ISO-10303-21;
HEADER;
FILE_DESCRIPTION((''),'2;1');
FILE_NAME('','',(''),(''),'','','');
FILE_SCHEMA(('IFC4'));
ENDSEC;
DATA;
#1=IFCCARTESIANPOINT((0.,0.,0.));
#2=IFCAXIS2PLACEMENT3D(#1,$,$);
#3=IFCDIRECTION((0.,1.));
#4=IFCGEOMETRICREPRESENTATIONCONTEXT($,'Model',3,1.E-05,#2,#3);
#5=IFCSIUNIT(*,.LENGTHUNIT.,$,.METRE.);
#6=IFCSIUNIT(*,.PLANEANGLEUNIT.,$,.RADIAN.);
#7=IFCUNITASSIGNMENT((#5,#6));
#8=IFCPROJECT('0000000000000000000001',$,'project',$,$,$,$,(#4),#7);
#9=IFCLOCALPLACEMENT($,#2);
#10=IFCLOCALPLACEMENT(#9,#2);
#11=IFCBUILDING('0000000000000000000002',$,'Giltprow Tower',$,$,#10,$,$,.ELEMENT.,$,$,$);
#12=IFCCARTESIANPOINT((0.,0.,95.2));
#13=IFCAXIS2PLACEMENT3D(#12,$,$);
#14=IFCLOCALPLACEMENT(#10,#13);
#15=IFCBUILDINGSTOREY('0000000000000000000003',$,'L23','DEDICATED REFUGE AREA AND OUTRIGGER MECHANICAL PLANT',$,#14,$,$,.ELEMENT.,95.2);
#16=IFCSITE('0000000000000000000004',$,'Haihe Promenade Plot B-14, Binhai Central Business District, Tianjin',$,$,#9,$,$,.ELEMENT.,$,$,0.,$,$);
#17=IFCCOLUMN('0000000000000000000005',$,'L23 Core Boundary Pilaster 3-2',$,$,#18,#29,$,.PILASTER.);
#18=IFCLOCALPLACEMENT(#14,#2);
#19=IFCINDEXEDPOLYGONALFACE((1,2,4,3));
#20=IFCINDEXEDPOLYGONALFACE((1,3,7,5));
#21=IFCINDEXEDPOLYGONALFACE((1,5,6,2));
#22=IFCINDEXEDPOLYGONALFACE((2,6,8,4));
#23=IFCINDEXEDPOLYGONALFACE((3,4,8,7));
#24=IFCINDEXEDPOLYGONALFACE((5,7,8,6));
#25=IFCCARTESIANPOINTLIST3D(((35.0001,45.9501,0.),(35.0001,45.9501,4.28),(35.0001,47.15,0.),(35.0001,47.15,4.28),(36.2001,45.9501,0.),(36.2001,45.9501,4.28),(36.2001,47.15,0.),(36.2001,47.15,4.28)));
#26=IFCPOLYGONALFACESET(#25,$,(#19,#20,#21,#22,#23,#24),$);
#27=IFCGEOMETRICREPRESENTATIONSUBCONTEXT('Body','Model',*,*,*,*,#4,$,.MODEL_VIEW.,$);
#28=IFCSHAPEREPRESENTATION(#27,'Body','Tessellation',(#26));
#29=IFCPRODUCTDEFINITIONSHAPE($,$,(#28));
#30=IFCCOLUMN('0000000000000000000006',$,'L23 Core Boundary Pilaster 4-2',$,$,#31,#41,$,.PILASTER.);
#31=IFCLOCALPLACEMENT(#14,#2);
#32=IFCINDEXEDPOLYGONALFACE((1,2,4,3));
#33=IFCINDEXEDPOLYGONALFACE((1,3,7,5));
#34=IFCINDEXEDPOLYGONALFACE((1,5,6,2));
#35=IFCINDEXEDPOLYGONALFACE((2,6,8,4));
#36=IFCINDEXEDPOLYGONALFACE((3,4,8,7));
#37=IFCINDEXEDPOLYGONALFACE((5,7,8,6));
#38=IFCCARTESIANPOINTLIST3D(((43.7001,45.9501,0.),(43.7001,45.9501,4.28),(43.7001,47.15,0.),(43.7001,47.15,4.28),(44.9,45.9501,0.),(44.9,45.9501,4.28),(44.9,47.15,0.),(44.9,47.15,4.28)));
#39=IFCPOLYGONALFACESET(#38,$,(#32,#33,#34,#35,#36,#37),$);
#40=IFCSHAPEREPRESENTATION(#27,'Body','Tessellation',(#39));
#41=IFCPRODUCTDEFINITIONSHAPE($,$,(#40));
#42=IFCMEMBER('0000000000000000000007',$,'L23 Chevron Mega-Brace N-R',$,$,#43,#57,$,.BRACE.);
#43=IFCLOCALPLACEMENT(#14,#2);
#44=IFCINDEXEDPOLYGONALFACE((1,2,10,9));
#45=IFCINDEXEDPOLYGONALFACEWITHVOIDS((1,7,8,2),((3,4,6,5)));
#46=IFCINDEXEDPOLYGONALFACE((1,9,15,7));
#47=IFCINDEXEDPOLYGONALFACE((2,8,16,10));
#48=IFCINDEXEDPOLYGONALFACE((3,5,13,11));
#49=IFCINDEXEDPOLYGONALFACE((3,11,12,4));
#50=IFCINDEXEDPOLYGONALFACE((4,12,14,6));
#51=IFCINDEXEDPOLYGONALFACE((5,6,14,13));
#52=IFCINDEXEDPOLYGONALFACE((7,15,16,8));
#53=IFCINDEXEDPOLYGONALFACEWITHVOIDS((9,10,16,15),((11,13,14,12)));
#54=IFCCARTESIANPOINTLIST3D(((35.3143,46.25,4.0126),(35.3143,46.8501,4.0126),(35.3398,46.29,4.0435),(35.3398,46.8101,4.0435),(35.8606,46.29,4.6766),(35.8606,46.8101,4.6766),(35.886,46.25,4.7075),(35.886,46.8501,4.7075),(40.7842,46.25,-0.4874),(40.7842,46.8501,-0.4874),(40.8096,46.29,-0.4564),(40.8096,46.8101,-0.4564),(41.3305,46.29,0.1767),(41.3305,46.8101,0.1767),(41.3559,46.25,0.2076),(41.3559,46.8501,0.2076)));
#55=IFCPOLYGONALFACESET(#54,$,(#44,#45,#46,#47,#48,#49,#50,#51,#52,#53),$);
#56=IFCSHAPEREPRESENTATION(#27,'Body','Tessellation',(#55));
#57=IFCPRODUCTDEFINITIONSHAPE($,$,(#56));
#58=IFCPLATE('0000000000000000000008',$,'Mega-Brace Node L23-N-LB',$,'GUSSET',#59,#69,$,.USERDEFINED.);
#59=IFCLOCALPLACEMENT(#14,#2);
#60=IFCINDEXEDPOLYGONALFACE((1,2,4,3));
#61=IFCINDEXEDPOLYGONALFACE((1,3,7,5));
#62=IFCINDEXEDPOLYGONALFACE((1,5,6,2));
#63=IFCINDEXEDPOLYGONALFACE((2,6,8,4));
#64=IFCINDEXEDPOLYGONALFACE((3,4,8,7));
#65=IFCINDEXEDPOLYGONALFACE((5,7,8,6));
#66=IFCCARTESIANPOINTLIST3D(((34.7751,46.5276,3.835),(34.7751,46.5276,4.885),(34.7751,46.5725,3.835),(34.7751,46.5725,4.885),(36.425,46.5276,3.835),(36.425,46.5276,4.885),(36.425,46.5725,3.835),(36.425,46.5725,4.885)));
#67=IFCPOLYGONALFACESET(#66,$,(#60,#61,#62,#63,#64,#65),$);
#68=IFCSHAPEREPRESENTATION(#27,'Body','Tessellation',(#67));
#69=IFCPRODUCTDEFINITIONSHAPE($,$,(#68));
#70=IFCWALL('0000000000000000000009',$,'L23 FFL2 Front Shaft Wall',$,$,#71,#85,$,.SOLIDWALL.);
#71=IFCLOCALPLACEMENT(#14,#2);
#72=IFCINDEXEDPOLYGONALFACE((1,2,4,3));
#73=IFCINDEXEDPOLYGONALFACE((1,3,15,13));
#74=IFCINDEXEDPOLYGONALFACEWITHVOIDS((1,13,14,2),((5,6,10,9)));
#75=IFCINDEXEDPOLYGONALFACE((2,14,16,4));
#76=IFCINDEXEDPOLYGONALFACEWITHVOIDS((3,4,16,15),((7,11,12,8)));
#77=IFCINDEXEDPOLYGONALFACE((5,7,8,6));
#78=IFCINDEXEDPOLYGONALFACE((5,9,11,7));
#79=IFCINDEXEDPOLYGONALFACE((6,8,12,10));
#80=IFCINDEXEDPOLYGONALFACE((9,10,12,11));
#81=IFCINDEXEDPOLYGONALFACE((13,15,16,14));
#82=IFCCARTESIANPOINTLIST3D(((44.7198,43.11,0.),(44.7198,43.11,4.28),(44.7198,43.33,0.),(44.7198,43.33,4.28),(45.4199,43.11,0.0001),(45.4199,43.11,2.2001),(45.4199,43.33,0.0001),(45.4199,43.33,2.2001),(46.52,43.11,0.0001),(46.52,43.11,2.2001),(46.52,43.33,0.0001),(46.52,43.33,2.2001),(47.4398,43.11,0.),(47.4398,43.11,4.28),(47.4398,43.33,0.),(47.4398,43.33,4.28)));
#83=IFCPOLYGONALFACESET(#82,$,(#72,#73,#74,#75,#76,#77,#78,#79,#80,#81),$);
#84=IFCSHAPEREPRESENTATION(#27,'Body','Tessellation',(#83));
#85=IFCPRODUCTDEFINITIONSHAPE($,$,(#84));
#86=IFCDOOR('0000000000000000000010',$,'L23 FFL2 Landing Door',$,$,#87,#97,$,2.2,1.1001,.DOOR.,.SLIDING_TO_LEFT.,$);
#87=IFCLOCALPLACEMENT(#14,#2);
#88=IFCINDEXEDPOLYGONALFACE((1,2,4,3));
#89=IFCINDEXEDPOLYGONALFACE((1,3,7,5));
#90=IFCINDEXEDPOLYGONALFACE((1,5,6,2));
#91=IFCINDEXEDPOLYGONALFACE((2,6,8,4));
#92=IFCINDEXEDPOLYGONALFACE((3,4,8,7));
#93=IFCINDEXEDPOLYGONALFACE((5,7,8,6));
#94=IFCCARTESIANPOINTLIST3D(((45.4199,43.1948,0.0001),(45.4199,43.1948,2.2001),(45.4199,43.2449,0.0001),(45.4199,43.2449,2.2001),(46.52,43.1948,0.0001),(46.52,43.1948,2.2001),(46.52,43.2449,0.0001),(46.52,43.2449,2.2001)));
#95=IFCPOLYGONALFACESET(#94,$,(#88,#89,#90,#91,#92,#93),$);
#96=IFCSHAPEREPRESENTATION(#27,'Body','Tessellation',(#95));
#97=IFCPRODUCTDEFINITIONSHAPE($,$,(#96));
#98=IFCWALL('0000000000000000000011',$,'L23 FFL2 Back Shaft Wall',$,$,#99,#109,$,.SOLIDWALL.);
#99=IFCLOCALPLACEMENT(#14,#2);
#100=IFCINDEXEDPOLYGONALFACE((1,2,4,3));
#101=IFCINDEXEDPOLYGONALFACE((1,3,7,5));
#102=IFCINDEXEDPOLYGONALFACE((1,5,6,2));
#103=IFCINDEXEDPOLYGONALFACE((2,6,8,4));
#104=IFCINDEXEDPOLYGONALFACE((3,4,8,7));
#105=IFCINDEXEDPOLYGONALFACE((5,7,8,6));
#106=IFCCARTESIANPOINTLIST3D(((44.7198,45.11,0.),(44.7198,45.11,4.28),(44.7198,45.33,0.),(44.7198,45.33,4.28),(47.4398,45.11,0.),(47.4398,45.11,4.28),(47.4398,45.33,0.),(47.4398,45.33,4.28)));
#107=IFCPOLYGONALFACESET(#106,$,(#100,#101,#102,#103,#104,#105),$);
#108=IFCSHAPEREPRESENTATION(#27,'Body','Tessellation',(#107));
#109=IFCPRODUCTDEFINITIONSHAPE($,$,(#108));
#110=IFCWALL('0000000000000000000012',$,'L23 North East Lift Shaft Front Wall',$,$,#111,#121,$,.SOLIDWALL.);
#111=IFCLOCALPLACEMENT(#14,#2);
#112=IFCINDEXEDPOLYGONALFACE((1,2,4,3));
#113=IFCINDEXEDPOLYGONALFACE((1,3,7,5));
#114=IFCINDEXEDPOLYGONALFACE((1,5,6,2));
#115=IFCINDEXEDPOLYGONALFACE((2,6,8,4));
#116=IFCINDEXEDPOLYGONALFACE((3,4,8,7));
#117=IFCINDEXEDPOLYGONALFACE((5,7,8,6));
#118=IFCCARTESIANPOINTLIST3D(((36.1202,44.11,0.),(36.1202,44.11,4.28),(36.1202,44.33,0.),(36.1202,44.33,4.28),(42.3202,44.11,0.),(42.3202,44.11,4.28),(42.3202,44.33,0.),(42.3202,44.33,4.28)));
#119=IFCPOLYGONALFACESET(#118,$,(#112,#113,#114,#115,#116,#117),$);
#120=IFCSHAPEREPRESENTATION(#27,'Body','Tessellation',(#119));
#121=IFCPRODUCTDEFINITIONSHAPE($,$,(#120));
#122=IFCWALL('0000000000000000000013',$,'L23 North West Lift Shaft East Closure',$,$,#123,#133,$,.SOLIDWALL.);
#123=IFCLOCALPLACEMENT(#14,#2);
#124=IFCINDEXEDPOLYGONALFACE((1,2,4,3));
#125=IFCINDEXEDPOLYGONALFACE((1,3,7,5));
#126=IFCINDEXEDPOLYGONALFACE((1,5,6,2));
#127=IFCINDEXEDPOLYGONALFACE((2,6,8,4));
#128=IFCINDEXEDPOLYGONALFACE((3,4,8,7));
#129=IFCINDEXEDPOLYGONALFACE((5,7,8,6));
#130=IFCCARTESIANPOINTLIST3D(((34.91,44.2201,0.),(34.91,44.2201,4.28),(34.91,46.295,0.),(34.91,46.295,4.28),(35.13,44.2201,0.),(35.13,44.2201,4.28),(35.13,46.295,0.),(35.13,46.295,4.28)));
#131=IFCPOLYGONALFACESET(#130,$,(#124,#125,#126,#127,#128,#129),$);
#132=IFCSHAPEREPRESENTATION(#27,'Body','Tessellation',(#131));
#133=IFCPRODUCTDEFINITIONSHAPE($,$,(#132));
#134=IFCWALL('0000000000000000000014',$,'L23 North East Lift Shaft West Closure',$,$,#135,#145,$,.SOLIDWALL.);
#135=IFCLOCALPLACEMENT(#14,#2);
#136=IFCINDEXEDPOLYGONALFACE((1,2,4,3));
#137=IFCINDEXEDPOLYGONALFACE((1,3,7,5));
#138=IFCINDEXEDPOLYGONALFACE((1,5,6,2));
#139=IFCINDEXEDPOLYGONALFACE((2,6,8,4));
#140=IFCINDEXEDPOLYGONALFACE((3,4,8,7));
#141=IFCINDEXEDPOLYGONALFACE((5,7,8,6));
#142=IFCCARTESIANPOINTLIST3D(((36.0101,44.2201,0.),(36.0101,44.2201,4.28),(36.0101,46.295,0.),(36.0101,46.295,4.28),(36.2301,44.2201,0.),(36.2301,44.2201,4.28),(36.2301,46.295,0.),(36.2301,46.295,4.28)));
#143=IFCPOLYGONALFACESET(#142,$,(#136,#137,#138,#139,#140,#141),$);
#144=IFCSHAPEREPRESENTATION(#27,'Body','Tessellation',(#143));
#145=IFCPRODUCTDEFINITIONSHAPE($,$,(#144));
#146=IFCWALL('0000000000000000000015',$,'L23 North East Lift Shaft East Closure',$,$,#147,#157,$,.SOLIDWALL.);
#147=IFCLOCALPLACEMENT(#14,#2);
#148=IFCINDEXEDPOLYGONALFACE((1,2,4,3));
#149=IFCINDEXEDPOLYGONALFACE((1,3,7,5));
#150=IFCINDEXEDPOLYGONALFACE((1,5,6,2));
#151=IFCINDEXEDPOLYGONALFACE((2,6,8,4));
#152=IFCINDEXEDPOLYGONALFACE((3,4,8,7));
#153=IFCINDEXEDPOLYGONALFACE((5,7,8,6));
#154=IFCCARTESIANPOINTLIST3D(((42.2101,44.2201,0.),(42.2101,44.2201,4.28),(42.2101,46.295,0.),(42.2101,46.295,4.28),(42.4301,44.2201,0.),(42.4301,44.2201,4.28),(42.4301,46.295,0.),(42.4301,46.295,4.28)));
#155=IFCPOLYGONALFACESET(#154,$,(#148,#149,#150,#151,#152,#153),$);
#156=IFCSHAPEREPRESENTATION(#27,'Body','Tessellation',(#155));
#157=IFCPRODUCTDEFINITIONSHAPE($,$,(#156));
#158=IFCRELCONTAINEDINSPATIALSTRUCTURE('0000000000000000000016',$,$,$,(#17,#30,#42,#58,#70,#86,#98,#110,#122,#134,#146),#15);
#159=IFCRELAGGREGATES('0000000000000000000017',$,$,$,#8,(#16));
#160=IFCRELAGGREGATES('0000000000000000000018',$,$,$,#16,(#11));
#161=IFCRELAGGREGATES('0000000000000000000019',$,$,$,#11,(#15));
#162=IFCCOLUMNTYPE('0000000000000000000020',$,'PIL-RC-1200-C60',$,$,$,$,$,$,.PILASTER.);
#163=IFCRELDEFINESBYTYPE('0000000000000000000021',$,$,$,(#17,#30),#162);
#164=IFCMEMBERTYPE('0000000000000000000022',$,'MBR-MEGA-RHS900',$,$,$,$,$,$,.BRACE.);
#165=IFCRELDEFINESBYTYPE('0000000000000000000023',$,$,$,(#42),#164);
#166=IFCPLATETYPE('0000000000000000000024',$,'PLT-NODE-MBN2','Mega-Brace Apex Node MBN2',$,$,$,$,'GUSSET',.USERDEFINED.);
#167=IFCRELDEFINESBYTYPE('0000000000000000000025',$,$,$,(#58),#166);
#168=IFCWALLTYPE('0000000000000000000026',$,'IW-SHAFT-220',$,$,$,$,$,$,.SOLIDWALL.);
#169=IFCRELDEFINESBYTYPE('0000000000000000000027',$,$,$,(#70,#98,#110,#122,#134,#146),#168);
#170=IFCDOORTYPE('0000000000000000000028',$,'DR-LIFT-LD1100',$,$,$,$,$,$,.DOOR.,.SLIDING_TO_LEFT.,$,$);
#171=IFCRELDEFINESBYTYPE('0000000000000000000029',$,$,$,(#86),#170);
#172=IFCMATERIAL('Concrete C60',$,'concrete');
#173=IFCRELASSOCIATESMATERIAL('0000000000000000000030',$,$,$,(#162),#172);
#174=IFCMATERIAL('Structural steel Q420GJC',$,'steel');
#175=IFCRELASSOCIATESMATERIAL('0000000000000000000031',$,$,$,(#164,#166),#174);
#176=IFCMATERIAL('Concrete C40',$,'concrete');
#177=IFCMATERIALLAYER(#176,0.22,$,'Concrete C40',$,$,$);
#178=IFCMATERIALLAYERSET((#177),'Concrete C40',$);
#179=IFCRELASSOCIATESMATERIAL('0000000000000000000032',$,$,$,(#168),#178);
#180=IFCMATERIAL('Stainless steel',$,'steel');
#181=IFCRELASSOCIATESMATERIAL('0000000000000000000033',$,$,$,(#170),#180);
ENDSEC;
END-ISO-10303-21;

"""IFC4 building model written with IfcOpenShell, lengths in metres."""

from ifc_helpers import new_model, si_unit, direction, frame, frame_2d, origin, origin_2d, place, context, subcontext, project, spatial, rectangle, hollow_rectangle, extrude, source, transform, mapped, material, layer, layer_set, material_profile, profile_set, type_object, element, fill, save


model = new_model("IFC4")

# Units and contexts
model_context = context("Model", 3, precision=1e-05, world=origin(), true_north=direction((0.0, 1.0)))
body_context = subcontext(model_context, "Body", "Model", "MODEL_VIEW")
ifc_project = project(units=[si_unit("LENGTHUNIT", "METRE"), si_unit("PLANEANGLEUNIT", "RADIAN")], contexts=[model_context])

# Site, building, storey
site_placement = place(None, origin())
site = spatial("IfcSite", under=ifc_project, at=site_placement, Name="Haihe Promenade Plot B-14, Binhai Central Business District, Tianjin", CompositionType="ELEMENT", RefElevation=0.0)
building_placement = place(site_placement, origin())
building = spatial("IfcBuilding", under=site, at=building_placement, Name="Giltprow Tower", CompositionType="ELEMENT")
storey_placement = place(building_placement, frame((0.0, 0.0, 95.2)))
storey = spatial("IfcBuildingStorey", under=building, at=storey_placement, Name="L23", Description="DEDICATED REFUGE AREA AND OUTRIGGER MECHANICAL PLANT", CompositionType="ELEMENT", Elevation=95.2)

# Columns
ifc_material_1 = material(Name="Concrete C60", Category="concrete")
ifc_material_profile_1 = material_profile(ifc_material_1, rectangle(XDim=1.2, YDim=1.2, at=origin_2d()), Name="RC 1200x1200")
ifc_profile_set_1 = profile_set([ifc_material_profile_1], Name="Concrete C60")
column_type = type_object("IfcColumnType", Name="PIL-RC-1200-C60", PredefinedType="PILASTER", material=ifc_profile_set_1)
shared_shape_1 = source(origin(), body_context, "Body", "SweptSolid", [
    extrude(rectangle(XDim=1.2, YDim=1.2, at=origin_2d()), origin(), (0.0, 0.0, 1.0), 4.28),
])
for number, where, z_axis, x_axis, name in (
    (1, (35.6001, 46.55, 0.0), (0.0, 0.0, 1.0), (1.0, 0.0, 0.0), "L23 Core Boundary Pilaster 3-2"),
    (2, (44.3, 46.55, 0.0), (0.0, 0.0, 1.0), (1.0, 0.0, 0.0), "L23 Core Boundary Pilaster 4-2"),
):
    element("IfcColumn", number, at=place(storey_placement, frame(where, z_axis=z_axis, x_axis=x_axis)), inside=storey, type_object=column_type, Name=name, PredefinedType="PILASTER", context=body_context, shape_type="MappedRepresentation", body=[
        mapped(shared_shape_1, transform((0.0, 0.0, 0.0), x_axis=(1.0, 0.0, 0.0), y_axis=(0.0, 1.0, 0.0), z_axis=(0.0, 0.0, 1.0), scale=1.0)),
    ])

# Member
ifc_material_2 = material(Name="Structural steel Q420GJC", Category="steel")
ifc_material_profile_2 = material_profile(ifc_material_2, hollow_rectangle(XDim=0.6001, YDim=0.8999, WallThickness=0.04, at=origin_2d()), Name="RHS 900x600x40")
ifc_profile_set_2 = profile_set([ifc_material_profile_2], Name="Structural steel Q420GJC")
member_type = type_object("IfcMemberType", Name="MBR-MEGA-RHS900", PredefinedType="BRACE", material=ifc_profile_set_2)
shared_shape_2 = source(origin(), body_context, "Body", "SweptSolid", [
    extrude(hollow_rectangle(XDim=0.6001, YDim=0.8999, WallThickness=0.04, at=origin_2d()), origin(), (0.0, 0.0, 1.0), 7.083),
])
member_placement = place(storey_placement, frame((41.0701, 46.55, -0.1399), z_axis=(-0.772254, 0.0, 0.635313), x_axis=(0.0, -1.0, 0.0)))
element("IfcMember", 3, at=member_placement, inside=storey, type_object=member_type, Name="L23 Chevron Mega-Brace N-R", PredefinedType="BRACE", context=body_context, shape_type="MappedRepresentation", body=[
    mapped(shared_shape_2, transform((0.0, 0.0, 0.0), x_axis=(1.0, 0.0, 0.0), y_axis=(0.0, 1.0, 0.0), z_axis=(0.0, 0.0, 1.0), scale=1.0)),
])

# Plate
plate_type = type_object("IfcPlateType", Name="PLT-NODE-MBN2", Description="Mega-Brace Apex Node MBN2", ElementType="GUSSET", PredefinedType="USERDEFINED", material=ifc_material_2)
shared_shape_3 = source(origin(), body_context, "Body", "SweptSolid", [
    extrude(rectangle(XDim=1.6499, YDim=0.0449, at=origin_2d()), origin(), (0.0, 0.0, 1.0), 1.05),
])
plate_placement = place(storey_placement, frame((35.6001, 46.55, 3.835), z_axis=(0.0, 0.0, 1.0), x_axis=(1.0, 0.0, 0.0)))
element("IfcPlate", 4, at=plate_placement, inside=storey, type_object=plate_type, Name="Mega-Brace Node L23-N-LB", ObjectType="GUSSET", PredefinedType="USERDEFINED", context=body_context, shape_type="MappedRepresentation", body=[
    mapped(shared_shape_3, transform((0.0, 0.0, 0.0), x_axis=(1.0, 0.0, 0.0), y_axis=(0.0, 1.0, 0.0), z_axis=(0.0, 0.0, 1.0), scale=1.0)),
])

# Wall, opening, door
ifc_material_3 = material(Name="Concrete C40", Category="concrete")
ifc_layer_1 = layer(ifc_material_3, 0.22, Name="Concrete C40")
ifc_layer_set_1 = layer_set([ifc_layer_1], Name="Concrete C40")
wall_type_1 = type_object("IfcWallType", Name="IW-SHAFT-220", PredefinedType="SOLIDWALL", material=ifc_layer_set_1)
wall_1_placement = place(storey_placement, frame((44.72, 43.22, 0.0), z_axis=(0.0, 0.0, 1.0), x_axis=(1.0, 0.0, 0.0)))
wall_1 = element("IfcWall", 5, at=wall_1_placement, inside=storey, type_object=wall_type_1, Name="L23 FFL2 Front Shaft Wall", PredefinedType="SOLIDWALL", context=body_context, shape_type="SweptSolid", body=[
    extrude(rectangle(XDim=2.72, YDim=0.22, at=frame_2d((1.3599, 0.0))), origin(), (0.0, 0.0, 1.0), 4.28),
])
opening_1_placement = place(wall_1_placement, frame((0.7, 0.0, 0.0)))
opening_1 = element("IfcOpeningElement", 6, at=opening_1_placement, cuts=wall_1, PredefinedType="OPENING", context=body_context, shape_type="SweptSolid", body=[
    extrude(rectangle(XDim=1.1001, YDim=2.2, at=frame_2d((0.55, 1.1001))), frame((0.0, 0.1199, 0.0), z_axis=(0.0, -1.0, 0.0), x_axis=(1.0, 0.0, 0.0)), (0.0, 0.0, 1.0), 0.24),
])
ifc_material_4 = material(Name="Stainless steel", Category="steel")
door_type = type_object("IfcDoorType", Name="DR-LIFT-LD1100", OperationType="SLIDING_TO_LEFT", PredefinedType="DOOR", material=ifc_material_4)
shared_shape_4 = source(origin(), body_context, "Body", "SweptSolid", [
    extrude(rectangle(XDim=1.1001, YDim=2.2, at=frame_2d((0.55, 1.1001))), frame((0.0, 0.0249, 0.0), z_axis=(0.0, -1.0, 0.0), x_axis=(1.0, 0.0, 0.0)), (0.0, 0.0, 1.0), 0.05),
])
door_1_placement = place(opening_1_placement, origin())
door_1 = element("IfcDoor", 7, at=door_1_placement, inside=storey, type_object=door_type, Name="L23 FFL2 Landing Door", OperationType="SLIDING_TO_LEFT", OverallHeight=2.2, OverallWidth=1.1001, PredefinedType="DOOR", context=body_context, shape_type="MappedRepresentation", body=[
    mapped(shared_shape_4, transform((0.0, 0.0, 0.0), x_axis=(1.0, 0.0, 0.0), y_axis=(0.0, 1.0, 0.0), z_axis=(0.0, 0.0, 1.0), scale=1.0)),
])
fill(opening_1, door_1)

# Walls
wall_2_placement = place(storey_placement, frame((44.72, 45.22, 0.0), z_axis=(0.0, 0.0, 1.0), x_axis=(1.0, 0.0, 0.0)))
element("IfcWall", 8, at=wall_2_placement, inside=storey, type_object=wall_type_1, Name="L23 FFL2 Back Shaft Wall", PredefinedType="SOLIDWALL", context=body_context, shape_type="SweptSolid", body=[
    extrude(rectangle(XDim=2.72, YDim=0.22, at=frame_2d((1.3599, 0.0))), origin(), (0.0, 0.0, 1.0), 4.28),
])
wall_3_placement = place(storey_placement, frame((36.1201, 44.22, 0.0), z_axis=(0.0, 0.0, 1.0), x_axis=(1.0, 0.0, 0.0)))
element("IfcWall", 9, at=wall_3_placement, inside=storey, type_object=wall_type_1, Name="L23 North East Lift Shaft Front Wall", PredefinedType="SOLIDWALL", context=body_context, shape_type="SweptSolid", body=[
    extrude(rectangle(XDim=6.2, YDim=0.22, at=frame_2d((3.1001, 0.0))), origin(), (0.0, 0.0, 1.0), 4.28),
])
for number, where, z_axis, x_axis, name in (
    (10, (35.02, 44.22, 0.0), (0.0, 0.0, 1.0), (0.0, 1.0, 0.0), "L23 North West Lift Shaft East Closure"),
    (11, (36.1201, 44.22, 0.0), (0.0, 0.0, 1.0), (0.0, 1.0, 0.0), "L23 North East Lift Shaft West Closure"),
    (12, (42.3201, 44.22, 0.0), (0.0, 0.0, 1.0), (0.0, 1.0, 0.0), "L23 North East Lift Shaft East Closure"),
):
    element("IfcWall", number, at=place(storey_placement, frame(where, z_axis=z_axis, x_axis=x_axis)), inside=storey, type_object=wall_type_1, Name=name, PredefinedType="SOLIDWALL", context=body_context, shape_type="SweptSolid", body=[
        extrude(rectangle(XDim=2.075, YDim=0.22, at=frame_2d((1.0376, 0.0))), origin(), (0.0, 0.0, 1.0), 4.28),
    ])

save(model, "model.ifc")
